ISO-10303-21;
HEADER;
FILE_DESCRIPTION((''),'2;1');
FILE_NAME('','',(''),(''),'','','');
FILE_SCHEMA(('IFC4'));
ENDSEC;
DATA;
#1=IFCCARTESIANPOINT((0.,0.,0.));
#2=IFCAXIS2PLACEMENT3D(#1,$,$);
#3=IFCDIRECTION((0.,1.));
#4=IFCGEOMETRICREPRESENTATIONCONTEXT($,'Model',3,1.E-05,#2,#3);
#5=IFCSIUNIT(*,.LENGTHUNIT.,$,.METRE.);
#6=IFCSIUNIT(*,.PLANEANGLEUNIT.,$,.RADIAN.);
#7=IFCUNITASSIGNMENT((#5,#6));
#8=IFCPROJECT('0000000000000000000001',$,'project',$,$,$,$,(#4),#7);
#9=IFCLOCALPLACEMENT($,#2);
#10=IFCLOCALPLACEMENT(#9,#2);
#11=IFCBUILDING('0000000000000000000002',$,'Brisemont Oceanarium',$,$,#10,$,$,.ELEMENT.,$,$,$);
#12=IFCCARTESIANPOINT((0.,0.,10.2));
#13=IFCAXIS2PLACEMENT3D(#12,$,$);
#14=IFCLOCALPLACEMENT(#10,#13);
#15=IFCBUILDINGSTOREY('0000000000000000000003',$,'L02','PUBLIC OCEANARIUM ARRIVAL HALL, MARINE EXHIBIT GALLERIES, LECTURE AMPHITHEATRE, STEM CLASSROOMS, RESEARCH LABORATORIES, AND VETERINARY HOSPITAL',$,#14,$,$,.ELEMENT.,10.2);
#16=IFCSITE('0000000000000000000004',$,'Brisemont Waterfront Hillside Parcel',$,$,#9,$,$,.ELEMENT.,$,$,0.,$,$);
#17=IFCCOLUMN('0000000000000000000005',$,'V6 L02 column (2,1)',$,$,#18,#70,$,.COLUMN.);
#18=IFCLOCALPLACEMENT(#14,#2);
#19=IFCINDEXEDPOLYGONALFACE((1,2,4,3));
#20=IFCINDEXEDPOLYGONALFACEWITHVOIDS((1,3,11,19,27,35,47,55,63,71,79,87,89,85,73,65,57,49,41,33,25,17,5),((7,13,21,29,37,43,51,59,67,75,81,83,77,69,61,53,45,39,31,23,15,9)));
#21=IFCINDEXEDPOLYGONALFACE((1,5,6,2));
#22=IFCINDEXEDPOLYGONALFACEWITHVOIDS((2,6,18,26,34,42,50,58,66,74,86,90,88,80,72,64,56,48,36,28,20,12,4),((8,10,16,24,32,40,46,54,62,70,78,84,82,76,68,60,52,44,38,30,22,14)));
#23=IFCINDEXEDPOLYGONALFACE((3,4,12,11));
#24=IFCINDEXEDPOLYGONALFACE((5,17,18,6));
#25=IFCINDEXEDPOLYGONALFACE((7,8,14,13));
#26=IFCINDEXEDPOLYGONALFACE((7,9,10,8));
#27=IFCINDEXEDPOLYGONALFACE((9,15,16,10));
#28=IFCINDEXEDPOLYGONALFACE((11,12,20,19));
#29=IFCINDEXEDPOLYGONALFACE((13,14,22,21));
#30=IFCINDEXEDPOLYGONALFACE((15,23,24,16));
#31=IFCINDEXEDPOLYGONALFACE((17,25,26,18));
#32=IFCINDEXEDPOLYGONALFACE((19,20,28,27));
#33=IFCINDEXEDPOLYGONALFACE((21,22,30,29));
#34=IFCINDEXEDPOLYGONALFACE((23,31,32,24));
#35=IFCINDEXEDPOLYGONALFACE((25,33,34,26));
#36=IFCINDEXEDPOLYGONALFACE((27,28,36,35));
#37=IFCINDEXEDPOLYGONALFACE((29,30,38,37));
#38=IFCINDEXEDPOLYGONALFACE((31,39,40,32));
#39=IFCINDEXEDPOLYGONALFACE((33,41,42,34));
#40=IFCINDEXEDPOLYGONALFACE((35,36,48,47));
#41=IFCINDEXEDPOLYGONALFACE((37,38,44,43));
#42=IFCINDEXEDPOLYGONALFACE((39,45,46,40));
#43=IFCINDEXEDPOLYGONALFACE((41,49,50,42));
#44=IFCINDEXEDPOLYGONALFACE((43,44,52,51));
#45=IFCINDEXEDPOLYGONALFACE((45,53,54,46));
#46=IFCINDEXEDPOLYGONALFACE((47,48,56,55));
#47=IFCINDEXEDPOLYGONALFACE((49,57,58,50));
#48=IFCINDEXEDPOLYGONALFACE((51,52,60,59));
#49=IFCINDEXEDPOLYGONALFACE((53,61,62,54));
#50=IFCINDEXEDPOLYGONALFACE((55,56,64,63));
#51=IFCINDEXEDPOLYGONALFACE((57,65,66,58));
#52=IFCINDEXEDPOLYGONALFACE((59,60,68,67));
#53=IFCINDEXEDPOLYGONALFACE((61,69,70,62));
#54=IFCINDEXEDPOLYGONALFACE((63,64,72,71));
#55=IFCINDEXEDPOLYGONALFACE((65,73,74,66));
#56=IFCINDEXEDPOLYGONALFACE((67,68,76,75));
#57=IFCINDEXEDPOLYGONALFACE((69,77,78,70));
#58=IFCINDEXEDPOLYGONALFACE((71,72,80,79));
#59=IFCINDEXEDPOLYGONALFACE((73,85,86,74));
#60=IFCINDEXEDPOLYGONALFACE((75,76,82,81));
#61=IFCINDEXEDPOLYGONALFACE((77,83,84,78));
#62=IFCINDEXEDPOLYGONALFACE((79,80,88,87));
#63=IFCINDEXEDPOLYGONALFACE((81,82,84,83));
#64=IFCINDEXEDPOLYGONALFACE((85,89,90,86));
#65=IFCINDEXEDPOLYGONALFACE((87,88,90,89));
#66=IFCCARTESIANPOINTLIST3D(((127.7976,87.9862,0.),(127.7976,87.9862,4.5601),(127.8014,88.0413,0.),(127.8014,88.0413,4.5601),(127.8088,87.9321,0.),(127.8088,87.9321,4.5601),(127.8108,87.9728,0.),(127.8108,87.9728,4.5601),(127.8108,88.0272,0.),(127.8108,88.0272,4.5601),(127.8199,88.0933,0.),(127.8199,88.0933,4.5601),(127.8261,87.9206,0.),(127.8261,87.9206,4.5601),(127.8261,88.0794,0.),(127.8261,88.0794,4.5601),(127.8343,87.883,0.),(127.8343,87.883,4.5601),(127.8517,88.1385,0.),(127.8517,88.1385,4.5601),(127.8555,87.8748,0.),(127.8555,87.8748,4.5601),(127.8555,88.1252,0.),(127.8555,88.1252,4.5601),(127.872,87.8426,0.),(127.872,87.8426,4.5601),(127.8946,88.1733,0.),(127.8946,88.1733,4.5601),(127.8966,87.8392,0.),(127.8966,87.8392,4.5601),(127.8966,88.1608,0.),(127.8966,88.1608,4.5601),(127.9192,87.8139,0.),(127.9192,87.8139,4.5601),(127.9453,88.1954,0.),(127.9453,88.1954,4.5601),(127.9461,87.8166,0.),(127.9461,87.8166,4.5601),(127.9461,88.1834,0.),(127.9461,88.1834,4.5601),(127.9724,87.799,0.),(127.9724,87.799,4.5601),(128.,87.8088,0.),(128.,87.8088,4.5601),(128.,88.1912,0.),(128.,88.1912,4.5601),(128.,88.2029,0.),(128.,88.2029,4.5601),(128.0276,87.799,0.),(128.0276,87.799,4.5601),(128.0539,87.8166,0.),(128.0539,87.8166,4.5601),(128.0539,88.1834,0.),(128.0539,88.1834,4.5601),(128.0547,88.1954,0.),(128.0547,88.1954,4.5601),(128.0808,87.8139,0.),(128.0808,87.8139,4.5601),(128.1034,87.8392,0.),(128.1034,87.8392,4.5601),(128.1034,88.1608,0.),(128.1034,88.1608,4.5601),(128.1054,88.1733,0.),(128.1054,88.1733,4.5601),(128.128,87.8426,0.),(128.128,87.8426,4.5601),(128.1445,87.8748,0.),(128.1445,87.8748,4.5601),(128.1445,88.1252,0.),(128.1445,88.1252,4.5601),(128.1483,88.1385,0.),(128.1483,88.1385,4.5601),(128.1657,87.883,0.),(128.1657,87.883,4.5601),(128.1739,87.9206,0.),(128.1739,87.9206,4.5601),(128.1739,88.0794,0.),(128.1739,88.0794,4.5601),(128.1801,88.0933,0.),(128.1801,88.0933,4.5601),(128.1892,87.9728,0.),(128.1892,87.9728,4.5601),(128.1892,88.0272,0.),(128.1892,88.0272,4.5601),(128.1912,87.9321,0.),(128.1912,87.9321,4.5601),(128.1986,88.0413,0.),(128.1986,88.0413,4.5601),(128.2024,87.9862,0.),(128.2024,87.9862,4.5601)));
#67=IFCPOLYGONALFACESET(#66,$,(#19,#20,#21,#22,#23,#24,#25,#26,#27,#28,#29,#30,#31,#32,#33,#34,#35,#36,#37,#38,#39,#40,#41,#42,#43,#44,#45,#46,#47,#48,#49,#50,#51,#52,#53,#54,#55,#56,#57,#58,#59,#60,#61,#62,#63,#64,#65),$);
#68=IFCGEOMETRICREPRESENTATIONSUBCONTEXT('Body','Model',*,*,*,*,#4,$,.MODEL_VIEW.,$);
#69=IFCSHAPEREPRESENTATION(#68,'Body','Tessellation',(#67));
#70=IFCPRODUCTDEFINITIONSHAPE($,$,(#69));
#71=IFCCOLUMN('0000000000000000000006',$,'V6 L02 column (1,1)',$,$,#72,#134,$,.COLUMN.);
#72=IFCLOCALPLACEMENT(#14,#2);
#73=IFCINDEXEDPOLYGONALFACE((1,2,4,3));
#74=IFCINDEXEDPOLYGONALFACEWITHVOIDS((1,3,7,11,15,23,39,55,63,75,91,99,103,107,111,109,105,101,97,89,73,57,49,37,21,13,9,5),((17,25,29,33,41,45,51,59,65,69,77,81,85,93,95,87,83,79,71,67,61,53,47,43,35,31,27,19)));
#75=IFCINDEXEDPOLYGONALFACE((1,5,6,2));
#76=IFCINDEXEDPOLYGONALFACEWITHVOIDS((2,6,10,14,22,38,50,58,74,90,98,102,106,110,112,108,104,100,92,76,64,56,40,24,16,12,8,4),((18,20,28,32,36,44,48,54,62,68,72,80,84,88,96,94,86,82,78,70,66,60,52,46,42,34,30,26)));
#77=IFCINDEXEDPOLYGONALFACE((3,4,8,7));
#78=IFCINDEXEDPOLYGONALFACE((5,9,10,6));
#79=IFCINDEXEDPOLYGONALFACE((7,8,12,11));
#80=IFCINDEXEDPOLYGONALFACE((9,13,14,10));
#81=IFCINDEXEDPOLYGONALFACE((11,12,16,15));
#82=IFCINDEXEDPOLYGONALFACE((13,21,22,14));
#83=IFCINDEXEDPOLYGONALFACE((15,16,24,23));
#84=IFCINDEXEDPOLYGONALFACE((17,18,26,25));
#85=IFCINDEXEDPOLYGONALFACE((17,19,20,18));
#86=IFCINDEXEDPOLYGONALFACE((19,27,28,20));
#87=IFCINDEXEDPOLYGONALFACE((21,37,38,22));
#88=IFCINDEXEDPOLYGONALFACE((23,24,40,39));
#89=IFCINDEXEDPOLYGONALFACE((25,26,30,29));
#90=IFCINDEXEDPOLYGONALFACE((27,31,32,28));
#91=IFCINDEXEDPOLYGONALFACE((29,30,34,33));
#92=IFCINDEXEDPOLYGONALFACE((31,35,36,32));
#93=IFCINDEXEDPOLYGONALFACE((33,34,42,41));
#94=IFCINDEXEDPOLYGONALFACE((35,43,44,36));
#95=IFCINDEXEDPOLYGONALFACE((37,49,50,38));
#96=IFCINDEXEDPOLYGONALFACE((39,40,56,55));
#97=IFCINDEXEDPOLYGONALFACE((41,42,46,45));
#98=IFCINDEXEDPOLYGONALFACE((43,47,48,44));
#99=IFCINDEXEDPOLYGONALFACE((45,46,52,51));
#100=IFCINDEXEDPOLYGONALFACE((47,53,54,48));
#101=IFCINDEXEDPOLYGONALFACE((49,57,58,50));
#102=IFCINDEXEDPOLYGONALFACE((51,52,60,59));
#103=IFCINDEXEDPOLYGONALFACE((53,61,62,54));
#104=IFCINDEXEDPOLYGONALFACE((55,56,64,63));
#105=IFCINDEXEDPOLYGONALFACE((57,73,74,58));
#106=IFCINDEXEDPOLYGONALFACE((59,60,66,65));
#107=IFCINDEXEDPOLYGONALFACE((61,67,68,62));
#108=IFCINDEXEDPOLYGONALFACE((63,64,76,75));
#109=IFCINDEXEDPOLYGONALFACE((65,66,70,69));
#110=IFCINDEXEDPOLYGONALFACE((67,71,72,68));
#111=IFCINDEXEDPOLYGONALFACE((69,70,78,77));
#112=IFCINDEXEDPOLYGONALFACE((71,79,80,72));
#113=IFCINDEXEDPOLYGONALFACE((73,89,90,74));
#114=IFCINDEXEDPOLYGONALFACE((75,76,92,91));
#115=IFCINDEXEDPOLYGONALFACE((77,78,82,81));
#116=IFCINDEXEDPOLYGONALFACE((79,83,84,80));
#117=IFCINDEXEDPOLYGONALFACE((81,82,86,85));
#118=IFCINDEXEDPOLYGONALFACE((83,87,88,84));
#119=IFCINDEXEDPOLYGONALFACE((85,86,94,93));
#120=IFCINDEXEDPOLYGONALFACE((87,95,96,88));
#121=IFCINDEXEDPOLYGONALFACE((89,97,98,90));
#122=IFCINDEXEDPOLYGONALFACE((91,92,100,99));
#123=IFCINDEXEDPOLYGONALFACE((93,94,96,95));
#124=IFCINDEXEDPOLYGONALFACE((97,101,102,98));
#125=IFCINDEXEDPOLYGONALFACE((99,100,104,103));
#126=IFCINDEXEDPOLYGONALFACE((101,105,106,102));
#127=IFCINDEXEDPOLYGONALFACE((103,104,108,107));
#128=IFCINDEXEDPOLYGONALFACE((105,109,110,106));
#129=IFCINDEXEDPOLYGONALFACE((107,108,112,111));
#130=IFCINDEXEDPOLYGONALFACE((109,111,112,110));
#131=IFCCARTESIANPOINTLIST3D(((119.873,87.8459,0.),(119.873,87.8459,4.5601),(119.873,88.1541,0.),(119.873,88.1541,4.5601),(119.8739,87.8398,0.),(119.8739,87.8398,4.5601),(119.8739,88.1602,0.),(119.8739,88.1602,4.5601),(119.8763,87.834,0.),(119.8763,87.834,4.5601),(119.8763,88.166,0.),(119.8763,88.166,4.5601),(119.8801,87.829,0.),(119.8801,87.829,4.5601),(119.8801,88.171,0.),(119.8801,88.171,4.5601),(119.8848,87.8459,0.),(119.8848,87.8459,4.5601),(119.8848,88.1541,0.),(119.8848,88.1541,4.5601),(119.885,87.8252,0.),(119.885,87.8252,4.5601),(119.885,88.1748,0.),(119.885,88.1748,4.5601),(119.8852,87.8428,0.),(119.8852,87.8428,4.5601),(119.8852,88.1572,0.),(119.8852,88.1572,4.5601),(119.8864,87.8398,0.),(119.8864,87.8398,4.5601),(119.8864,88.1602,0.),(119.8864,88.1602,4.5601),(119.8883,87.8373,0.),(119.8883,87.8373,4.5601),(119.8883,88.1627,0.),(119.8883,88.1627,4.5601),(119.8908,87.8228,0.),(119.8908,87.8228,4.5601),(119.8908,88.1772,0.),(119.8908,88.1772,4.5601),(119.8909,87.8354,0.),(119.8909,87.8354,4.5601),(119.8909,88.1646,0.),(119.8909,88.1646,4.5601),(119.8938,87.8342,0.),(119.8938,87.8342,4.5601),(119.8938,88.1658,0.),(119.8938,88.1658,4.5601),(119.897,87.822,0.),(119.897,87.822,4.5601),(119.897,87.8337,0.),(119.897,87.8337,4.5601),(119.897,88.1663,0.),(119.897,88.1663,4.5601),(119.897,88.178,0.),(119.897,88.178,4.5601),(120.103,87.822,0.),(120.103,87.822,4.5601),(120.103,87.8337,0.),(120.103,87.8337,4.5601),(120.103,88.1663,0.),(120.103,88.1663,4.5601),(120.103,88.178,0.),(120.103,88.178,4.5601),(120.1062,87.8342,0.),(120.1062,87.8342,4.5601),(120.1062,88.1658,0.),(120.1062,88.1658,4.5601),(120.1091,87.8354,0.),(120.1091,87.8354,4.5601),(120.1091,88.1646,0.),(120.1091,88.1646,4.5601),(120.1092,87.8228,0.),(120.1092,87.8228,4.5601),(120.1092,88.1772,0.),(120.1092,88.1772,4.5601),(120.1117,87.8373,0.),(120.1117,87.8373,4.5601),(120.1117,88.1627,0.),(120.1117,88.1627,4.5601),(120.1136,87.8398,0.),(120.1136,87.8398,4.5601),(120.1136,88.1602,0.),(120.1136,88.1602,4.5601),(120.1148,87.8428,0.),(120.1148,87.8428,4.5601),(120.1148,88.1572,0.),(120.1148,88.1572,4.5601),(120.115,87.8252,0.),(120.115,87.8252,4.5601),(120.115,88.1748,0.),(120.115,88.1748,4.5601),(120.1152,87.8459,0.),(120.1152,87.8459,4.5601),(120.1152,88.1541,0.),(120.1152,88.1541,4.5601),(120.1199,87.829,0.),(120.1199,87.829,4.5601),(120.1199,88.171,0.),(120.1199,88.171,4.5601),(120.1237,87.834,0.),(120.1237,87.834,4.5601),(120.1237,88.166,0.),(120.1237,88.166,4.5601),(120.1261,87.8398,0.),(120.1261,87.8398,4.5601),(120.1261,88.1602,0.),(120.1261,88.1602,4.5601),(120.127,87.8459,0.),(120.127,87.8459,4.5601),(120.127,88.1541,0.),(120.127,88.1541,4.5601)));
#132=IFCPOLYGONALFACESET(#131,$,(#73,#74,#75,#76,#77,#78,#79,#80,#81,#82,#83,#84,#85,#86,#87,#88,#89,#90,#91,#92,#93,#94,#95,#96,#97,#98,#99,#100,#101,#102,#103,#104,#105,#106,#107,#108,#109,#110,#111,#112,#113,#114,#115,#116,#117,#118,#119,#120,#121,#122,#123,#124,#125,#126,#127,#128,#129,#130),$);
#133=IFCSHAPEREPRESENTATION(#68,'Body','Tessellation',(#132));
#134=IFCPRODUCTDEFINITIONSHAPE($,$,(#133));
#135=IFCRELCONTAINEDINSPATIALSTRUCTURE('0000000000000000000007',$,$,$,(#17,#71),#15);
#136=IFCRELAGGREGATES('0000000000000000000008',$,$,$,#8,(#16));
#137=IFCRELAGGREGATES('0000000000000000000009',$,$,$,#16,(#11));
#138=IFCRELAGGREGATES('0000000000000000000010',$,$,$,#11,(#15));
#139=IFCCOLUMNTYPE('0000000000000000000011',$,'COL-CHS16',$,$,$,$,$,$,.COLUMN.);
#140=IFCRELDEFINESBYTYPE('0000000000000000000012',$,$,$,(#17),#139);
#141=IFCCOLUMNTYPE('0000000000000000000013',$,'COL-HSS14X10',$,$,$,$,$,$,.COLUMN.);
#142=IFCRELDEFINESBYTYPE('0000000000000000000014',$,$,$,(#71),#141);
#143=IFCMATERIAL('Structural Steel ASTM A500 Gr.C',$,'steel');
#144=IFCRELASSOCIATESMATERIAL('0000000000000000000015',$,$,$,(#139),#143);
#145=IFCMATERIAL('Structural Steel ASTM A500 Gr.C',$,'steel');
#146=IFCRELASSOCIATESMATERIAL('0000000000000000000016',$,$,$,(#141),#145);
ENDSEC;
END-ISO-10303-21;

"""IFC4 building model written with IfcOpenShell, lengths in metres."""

from ifc_helpers import new_model, si_unit, direction, frame, origin, origin_2d, place, context, subcontext, project, spatial, hollow_rectangle, hollow_circle, extrude, material, material_profile, profile_set, type_object, element, save


model = new_model("IFC4")

# Units and contexts
model_context = context("Model", 3, precision=1e-05, world=origin(), true_north=direction((0.0, 1.0)))
body_context = subcontext(model_context, "Body", "Model", "MODEL_VIEW")
ifc_project = project(units=[si_unit("LENGTHUNIT", "METRE"), si_unit("PLANEANGLEUNIT", "RADIAN")], contexts=[model_context])

# Site, building, storey
site_placement = place(None, origin())
site = spatial("IfcSite", under=ifc_project, at=site_placement, Name="Brisemont Waterfront Hillside Parcel", CompositionType="ELEMENT", RefElevation=0.0)
building_placement = place(site_placement, origin())
building = spatial("IfcBuilding", under=site, at=building_placement, Name="Brisemont Oceanarium", CompositionType="ELEMENT")
storey_placement = place(building_placement, frame((0.0, 0.0, 10.2)))
storey = spatial("IfcBuildingStorey", under=building, at=storey_placement, Name="L02", Description="PUBLIC OCEANARIUM ARRIVAL HALL, MARINE EXHIBIT GALLERIES, LECTURE AMPHITHEATRE, STEM CLASSROOMS, RESEARCH LABORATORIES, AND VETERINARY HOSPITAL", CompositionType="ELEMENT", Elevation=10.2)

# Columns
ifc_material_1 = material(Name="Structural Steel ASTM A500 Gr.C", Category="steel")
ifc_material_profile_1 = material_profile(ifc_material_1, hollow_circle(Radius=0.2029, WallThickness=0.0117, at=origin_2d()), Name="HSS16.000X0.500")
ifc_profile_set_1 = profile_set([ifc_material_profile_1], Name="Structural Steel ASTM A500 Gr.C")
column_type_1 = type_object("IfcColumnType", Name="COL-CHS16", PredefinedType="COLUMN", material=ifc_profile_set_1)
column_1_placement = place(storey_placement, frame((128.0, 88.0, 0.0), z_axis=(0.0, 0.0, 1.0), x_axis=(0.0, 1.0, 0.0)))
element("IfcColumn", 1, at=column_1_placement, inside=storey, type_object=column_type_1, Name="V6 L02 column (2,1)", PredefinedType="COLUMN", context=body_context, shape_type="SweptSolid", body=[
    extrude(hollow_circle(Radius=0.2029, WallThickness=0.0117, at=origin_2d()), origin(), (0.0, 0.0, 1.0), 4.5601),
])
ifc_material_2 = material(Name="Structural Steel ASTM A500 Gr.C", Category="steel")
ifc_material_profile_2 = material_profile(ifc_material_2, hollow_rectangle(XDim=0.2539, YDim=0.356, WallThickness=0.0117, InnerFilletRadius=0.0122, OuterFilletRadius=0.0239, at=origin_2d()), Name="HSS14X10X1/2")
ifc_profile_set_2 = profile_set([ifc_material_profile_2], Name="Structural Steel ASTM A500 Gr.C")
column_type_2 = type_object("IfcColumnType", Name="COL-HSS14X10", PredefinedType="COLUMN", material=ifc_profile_set_2)
column_2_placement = place(storey_placement, frame((120.0, 88.0, 0.0), z_axis=(0.0, 0.0, 1.0), x_axis=(1.0, 0.0, 0.0)))
element("IfcColumn", 2, at=column_2_placement, inside=storey, type_object=column_type_2, Name="V6 L02 column (1,1)", PredefinedType="COLUMN", context=body_context, shape_type="SweptSolid", body=[
    extrude(hollow_rectangle(XDim=0.2539, YDim=0.356, WallThickness=0.0117, InnerFilletRadius=0.0122, OuterFilletRadius=0.0239, at=origin_2d()), origin(), (0.0, 0.0, 1.0), 4.5601),
])

save(model, "model.ifc")
